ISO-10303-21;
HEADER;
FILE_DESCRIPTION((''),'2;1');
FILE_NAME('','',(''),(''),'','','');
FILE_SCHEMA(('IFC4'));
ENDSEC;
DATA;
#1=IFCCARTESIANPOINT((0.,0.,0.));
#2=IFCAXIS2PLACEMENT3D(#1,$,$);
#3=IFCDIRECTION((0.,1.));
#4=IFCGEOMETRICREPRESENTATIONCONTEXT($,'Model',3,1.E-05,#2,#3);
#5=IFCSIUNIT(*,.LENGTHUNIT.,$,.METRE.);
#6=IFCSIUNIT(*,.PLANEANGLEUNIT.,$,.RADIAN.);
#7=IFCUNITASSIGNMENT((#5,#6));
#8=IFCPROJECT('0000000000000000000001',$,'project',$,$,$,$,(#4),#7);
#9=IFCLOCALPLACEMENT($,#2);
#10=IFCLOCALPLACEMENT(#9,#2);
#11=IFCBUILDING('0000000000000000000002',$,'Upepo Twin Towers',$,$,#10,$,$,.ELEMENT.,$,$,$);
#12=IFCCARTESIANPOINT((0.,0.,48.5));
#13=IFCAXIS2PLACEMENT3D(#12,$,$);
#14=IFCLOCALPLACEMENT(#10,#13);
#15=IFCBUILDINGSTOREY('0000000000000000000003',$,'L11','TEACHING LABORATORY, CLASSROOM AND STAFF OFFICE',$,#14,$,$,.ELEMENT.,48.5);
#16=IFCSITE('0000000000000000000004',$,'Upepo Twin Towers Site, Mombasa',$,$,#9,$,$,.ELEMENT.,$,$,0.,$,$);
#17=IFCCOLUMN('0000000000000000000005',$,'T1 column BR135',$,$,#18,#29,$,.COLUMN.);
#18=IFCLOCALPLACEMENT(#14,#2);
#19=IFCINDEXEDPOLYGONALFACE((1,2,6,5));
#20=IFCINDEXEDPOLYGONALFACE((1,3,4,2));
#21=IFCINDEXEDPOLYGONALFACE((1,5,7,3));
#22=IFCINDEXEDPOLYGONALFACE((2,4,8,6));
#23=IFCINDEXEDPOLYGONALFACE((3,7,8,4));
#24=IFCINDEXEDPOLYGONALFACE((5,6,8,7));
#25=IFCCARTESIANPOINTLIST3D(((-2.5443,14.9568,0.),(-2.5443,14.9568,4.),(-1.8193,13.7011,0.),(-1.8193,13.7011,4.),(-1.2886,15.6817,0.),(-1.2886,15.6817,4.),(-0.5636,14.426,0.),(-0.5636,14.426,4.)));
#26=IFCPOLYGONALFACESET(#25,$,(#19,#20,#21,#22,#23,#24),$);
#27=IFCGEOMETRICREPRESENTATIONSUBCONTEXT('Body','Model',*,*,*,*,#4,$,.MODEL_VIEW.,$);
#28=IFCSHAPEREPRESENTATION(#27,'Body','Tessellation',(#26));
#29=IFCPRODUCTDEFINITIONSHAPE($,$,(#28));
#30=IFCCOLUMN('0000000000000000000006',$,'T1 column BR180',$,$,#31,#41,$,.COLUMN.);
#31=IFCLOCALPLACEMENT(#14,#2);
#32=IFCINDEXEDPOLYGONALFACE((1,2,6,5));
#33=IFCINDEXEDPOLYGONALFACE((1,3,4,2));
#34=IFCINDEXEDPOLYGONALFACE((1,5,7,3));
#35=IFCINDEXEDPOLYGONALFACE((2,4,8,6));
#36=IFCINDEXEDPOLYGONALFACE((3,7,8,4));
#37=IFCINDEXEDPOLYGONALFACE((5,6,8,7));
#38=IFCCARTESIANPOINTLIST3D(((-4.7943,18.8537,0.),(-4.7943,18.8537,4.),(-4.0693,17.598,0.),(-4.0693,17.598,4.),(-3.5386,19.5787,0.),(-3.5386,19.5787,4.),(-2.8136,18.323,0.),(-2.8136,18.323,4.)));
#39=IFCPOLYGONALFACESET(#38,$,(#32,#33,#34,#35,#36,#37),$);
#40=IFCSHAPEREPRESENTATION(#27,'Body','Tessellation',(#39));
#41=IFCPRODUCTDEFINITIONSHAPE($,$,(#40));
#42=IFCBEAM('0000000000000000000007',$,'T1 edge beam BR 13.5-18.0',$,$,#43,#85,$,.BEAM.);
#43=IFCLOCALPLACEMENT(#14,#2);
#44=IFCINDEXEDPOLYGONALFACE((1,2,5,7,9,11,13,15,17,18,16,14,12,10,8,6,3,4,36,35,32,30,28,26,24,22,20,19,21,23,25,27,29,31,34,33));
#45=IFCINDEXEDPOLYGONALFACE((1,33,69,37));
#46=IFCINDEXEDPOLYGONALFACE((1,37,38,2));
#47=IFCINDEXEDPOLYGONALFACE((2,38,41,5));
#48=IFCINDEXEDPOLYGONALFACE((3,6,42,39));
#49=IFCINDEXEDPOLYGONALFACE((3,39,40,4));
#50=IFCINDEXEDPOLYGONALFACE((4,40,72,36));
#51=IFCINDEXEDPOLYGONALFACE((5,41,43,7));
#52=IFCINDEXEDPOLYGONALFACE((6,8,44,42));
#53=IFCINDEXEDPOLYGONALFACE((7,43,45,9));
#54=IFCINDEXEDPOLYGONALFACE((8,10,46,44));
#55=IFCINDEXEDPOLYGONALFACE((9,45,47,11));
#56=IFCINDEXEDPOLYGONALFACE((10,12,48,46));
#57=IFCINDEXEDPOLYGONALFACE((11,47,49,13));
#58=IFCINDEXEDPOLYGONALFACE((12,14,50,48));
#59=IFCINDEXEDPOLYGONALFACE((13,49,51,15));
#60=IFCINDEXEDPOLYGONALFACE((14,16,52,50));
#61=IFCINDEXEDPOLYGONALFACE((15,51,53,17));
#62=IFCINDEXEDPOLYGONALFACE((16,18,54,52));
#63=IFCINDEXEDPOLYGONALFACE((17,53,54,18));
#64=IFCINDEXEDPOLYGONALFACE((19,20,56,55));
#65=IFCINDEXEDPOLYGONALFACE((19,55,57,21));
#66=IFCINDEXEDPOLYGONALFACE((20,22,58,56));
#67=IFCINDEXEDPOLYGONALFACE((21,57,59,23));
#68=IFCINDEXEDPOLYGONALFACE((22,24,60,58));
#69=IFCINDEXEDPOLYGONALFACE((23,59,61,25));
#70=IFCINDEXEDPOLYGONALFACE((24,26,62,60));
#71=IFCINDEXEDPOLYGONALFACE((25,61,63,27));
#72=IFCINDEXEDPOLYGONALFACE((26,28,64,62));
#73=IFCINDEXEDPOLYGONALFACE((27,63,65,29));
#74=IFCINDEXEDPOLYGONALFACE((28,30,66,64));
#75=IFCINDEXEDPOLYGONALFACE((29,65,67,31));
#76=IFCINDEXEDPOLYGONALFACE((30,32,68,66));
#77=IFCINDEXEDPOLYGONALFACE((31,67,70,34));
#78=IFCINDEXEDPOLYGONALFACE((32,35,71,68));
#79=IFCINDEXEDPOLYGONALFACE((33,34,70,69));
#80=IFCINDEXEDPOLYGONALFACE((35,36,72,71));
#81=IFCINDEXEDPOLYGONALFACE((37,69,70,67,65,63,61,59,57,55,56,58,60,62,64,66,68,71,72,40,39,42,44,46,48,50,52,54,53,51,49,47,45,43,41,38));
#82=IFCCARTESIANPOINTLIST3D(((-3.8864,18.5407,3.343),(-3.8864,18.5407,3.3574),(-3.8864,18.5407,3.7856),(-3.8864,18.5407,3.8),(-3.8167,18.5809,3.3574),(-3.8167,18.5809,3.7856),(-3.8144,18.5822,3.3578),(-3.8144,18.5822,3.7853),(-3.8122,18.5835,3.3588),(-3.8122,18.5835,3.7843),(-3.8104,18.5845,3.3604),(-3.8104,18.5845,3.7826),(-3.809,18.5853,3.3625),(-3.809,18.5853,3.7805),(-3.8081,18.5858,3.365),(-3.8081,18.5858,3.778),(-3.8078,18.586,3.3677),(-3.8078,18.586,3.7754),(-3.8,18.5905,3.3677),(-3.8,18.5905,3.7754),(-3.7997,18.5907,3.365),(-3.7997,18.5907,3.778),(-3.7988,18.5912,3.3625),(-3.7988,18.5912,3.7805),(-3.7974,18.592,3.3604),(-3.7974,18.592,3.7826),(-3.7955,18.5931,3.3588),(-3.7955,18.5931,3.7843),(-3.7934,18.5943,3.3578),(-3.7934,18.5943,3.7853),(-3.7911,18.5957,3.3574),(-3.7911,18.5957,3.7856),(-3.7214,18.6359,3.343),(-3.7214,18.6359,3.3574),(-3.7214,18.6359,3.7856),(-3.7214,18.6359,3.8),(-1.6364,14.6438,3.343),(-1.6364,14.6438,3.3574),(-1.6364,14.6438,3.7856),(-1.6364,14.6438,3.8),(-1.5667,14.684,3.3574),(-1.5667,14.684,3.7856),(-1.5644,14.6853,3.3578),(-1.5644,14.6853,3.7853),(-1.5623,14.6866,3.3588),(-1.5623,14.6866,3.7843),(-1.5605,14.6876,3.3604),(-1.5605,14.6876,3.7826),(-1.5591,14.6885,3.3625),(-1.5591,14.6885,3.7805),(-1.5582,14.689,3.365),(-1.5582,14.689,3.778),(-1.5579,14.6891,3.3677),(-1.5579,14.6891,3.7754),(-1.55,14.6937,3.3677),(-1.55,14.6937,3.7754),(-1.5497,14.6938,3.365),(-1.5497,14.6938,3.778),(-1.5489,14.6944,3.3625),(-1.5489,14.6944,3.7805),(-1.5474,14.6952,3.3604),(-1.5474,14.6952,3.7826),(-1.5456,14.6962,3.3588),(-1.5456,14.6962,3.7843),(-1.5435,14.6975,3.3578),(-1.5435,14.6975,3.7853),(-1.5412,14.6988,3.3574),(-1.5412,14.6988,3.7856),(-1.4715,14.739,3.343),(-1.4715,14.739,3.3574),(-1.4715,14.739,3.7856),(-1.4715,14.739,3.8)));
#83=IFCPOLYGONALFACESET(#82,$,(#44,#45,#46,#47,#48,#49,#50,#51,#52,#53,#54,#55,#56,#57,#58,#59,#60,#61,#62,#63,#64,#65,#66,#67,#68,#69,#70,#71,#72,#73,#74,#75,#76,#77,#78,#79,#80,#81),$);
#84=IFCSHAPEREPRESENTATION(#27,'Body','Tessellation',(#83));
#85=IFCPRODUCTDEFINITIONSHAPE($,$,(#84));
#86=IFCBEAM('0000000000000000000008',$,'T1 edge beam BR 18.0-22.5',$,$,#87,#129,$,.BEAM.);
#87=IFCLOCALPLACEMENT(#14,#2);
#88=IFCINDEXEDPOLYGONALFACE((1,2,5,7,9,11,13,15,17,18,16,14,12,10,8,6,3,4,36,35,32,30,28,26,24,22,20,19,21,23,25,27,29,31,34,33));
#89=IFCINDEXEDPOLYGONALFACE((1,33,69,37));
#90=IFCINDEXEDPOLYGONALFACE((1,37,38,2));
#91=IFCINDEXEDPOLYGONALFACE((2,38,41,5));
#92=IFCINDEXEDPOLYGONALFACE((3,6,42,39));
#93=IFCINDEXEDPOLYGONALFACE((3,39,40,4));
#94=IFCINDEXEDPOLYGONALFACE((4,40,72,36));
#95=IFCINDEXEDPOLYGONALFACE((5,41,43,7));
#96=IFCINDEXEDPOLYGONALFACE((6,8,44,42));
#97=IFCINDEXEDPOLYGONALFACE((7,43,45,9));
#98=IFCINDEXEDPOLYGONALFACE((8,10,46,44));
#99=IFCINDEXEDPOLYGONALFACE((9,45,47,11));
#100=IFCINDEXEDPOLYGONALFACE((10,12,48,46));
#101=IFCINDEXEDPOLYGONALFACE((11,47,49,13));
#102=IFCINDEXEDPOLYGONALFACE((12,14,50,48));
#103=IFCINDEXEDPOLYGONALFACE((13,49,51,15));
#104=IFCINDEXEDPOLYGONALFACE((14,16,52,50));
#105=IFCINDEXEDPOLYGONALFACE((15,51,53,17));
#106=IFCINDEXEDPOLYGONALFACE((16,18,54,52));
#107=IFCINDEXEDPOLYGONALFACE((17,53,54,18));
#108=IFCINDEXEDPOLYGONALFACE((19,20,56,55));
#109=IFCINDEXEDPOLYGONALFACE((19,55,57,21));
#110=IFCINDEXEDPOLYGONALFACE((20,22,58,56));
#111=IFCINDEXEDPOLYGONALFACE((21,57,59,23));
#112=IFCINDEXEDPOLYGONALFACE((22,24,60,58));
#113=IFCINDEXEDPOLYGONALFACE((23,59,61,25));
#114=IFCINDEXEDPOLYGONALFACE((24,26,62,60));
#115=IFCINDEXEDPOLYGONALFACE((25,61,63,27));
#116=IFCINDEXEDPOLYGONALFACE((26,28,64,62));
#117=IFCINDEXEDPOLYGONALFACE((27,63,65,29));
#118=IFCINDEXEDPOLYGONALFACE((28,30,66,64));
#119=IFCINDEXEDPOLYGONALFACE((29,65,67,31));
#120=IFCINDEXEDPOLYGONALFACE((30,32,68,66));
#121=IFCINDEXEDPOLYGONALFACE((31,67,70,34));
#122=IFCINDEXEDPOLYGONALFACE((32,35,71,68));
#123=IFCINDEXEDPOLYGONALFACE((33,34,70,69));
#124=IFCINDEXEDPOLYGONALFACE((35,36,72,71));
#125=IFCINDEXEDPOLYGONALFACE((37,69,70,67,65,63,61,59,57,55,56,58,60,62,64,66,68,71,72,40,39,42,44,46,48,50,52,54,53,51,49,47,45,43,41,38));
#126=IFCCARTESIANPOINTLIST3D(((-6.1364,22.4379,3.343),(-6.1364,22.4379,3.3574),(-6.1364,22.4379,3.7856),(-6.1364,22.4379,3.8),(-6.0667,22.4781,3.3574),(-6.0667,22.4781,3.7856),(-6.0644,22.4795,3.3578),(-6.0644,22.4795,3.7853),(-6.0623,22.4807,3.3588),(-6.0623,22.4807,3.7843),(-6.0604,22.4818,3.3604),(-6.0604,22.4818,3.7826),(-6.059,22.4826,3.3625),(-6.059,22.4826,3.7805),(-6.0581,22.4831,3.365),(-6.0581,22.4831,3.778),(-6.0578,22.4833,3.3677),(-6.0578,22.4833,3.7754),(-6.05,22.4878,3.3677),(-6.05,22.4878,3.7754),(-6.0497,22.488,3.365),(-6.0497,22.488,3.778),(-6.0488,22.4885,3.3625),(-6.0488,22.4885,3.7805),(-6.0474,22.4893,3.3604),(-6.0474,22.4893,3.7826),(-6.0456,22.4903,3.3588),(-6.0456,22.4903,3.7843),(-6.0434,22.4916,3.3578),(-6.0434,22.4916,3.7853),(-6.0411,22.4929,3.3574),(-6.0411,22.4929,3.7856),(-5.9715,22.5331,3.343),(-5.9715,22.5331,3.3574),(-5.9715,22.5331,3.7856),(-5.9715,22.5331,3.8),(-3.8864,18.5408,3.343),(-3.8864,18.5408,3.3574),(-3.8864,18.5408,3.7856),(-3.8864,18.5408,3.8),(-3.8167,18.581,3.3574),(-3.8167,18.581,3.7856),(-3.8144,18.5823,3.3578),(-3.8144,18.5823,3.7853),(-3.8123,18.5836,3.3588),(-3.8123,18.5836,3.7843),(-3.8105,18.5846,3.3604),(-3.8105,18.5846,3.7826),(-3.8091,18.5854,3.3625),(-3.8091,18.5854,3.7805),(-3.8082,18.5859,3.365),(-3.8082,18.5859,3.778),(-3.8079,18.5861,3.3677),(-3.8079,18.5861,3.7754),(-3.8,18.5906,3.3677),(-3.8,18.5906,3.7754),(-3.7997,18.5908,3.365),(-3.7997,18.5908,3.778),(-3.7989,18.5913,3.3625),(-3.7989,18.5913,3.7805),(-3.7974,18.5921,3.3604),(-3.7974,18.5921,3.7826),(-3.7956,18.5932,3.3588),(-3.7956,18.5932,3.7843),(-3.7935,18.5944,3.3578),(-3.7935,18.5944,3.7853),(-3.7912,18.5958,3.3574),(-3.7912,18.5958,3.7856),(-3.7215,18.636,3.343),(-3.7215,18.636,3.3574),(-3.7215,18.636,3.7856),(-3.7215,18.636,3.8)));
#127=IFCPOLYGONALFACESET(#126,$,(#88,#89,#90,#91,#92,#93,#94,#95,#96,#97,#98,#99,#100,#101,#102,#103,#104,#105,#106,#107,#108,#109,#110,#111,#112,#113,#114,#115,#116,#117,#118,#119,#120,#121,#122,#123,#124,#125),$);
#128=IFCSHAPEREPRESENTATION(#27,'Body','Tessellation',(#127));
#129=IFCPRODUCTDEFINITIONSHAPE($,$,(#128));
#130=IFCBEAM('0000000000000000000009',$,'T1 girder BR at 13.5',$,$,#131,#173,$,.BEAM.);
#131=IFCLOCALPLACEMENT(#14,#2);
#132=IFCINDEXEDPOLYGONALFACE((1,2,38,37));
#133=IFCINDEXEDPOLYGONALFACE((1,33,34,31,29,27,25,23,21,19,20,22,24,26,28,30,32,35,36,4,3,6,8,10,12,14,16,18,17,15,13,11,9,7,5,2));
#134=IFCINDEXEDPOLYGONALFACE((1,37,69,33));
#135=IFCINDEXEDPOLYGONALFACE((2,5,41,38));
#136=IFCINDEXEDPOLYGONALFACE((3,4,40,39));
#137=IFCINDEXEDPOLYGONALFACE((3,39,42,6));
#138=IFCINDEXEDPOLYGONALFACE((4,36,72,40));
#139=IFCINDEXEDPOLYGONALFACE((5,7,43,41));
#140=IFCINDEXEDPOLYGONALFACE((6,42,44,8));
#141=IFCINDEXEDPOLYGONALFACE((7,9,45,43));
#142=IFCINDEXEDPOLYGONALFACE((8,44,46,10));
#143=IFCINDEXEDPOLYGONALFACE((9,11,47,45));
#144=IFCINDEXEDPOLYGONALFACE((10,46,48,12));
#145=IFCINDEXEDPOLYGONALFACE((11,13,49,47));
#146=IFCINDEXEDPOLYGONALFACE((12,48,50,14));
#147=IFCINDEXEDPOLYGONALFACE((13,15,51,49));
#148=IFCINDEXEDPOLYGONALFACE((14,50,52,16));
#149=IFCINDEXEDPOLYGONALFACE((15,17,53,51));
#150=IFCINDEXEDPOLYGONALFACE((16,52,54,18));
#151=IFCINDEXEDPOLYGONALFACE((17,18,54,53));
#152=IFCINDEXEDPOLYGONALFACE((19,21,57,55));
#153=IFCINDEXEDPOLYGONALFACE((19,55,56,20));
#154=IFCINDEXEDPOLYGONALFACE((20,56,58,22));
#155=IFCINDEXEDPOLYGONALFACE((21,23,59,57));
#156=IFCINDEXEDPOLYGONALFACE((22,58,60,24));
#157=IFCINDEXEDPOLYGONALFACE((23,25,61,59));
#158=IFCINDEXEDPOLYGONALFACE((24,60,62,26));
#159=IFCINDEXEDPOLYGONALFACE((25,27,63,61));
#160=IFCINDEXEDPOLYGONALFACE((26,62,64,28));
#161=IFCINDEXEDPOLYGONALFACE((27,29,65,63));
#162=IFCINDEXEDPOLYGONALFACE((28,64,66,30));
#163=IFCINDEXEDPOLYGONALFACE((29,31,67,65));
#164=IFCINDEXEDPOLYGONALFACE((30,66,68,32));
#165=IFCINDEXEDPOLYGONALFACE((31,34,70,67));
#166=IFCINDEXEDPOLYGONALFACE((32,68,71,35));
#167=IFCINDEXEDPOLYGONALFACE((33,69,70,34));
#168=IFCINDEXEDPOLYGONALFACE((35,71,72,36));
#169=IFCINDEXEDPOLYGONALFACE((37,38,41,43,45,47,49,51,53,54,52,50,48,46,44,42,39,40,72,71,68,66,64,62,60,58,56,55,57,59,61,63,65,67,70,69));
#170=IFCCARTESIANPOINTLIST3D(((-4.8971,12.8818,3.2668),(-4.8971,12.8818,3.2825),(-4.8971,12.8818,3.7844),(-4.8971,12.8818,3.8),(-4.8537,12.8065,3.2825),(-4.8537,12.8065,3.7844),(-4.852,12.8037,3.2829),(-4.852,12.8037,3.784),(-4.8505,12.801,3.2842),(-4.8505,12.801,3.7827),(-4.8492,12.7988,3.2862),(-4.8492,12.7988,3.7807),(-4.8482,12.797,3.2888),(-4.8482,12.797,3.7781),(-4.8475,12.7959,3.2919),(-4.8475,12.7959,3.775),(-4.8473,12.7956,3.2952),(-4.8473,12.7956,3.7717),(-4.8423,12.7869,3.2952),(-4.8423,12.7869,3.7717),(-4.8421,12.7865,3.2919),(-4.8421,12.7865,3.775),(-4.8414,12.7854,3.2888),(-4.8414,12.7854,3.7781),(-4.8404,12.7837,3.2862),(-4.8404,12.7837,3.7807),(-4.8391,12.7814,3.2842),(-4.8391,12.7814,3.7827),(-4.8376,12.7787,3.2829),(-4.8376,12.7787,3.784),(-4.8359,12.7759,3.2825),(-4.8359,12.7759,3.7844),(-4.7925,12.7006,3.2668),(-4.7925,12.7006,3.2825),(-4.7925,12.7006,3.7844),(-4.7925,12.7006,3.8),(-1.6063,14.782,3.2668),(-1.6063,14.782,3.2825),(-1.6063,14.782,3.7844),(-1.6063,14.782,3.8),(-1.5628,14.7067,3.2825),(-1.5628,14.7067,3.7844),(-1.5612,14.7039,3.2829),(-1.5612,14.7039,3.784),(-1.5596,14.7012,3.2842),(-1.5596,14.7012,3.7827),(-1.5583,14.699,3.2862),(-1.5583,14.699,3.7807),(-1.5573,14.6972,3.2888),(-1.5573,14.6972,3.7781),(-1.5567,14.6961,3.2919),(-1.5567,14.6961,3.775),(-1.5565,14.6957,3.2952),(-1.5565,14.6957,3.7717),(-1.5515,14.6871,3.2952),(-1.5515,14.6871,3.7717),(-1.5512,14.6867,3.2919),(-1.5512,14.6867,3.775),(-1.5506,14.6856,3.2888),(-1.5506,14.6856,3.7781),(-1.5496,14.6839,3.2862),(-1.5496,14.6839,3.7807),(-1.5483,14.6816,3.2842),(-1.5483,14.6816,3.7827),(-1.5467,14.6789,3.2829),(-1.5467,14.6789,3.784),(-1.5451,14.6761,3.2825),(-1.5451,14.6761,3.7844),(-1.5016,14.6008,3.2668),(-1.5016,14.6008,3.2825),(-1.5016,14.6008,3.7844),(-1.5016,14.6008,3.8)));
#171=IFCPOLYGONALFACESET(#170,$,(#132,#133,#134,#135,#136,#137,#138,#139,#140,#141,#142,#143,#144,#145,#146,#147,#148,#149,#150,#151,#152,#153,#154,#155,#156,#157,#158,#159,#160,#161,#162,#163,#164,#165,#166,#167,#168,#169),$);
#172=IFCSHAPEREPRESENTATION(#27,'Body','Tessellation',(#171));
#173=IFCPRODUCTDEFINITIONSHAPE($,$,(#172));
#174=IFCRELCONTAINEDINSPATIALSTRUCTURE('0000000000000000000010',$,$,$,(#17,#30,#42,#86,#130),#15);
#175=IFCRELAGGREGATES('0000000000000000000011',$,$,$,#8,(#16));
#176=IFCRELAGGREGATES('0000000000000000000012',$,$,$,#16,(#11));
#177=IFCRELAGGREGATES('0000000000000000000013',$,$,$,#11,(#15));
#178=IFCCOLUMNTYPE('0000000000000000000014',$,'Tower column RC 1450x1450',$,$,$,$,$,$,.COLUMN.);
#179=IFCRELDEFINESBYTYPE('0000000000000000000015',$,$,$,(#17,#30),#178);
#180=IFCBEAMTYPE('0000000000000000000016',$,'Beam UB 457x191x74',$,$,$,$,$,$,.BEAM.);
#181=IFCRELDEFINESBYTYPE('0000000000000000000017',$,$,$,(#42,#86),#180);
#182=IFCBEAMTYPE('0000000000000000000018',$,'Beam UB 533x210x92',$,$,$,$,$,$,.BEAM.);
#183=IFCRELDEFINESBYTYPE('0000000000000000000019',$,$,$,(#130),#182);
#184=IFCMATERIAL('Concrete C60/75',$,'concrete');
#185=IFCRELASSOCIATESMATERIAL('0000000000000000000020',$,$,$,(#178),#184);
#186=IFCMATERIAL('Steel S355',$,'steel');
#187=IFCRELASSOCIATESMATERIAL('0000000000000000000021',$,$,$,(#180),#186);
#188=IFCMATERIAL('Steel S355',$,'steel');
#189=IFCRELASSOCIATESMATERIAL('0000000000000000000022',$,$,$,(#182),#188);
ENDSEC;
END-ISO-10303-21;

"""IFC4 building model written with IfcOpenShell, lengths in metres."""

from ifc_helpers import new_model, si_unit, direction, frame, origin, origin_2d, place, context, subcontext, project, spatial, rectangle, i_section, extrude, material, material_profile, profile_set, type_object, element, save


model = new_model("IFC4")

# Units and contexts
model_context = context("Model", 3, precision=1e-05, world=origin(), true_north=direction((0.0, 1.0)))
body_context = subcontext(model_context, "Body", "Model", "MODEL_VIEW")
ifc_project = project(units=[si_unit("LENGTHUNIT", "METRE"), si_unit("PLANEANGLEUNIT", "RADIAN")], contexts=[model_context])

# Site, building, storey
site_placement = place(None, origin())
site = spatial("IfcSite", under=ifc_project, at=site_placement, Name="Upepo Twin Towers Site, Mombasa", CompositionType="ELEMENT", RefElevation=0.0)
building_placement = place(site_placement, origin())
building = spatial("IfcBuilding", under=site, at=building_placement, Name="Upepo Twin Towers", CompositionType="ELEMENT")
storey_placement = place(building_placement, frame((0.0, 0.0, 48.5)))
storey = spatial("IfcBuildingStorey", under=building, at=storey_placement, Name="L11", Description="TEACHING LABORATORY, CLASSROOM AND STAFF OFFICE", CompositionType="ELEMENT", Elevation=48.5)

# Columns
ifc_material_1 = material(Name="Concrete C60/75", Category="concrete")
ifc_material_profile_1 = material_profile(ifc_material_1, rectangle(XDim=1.45, YDim=1.45, at=origin_2d()), Name="RC 1450x1450")
ifc_profile_set_1 = profile_set([ifc_material_profile_1], Name="Concrete C60/75")
column_type = type_object("IfcColumnType", Name="Tower column RC 1450x1450", PredefinedType="COLUMN", material=ifc_profile_set_1)
for number, where, z_axis, x_axis, name in (
    (1, (-1.554, 14.6914, 0.0), (0.0, 0.0, 1.0), (0.866025, 0.5, 0.0), "T1 column BR135"),
    (2, (-3.804, 18.5884, 0.0), (0.0, 0.0, 1.0), (0.866025, 0.5, 0.0), "T1 column BR180"),
):
    element("IfcColumn", number, at=place(storey_placement, frame(where, z_axis=z_axis, x_axis=x_axis)), inside=storey, type_object=column_type, Name=name, PredefinedType="COLUMN", context=body_context, shape_type="SweptSolid", body=[
        extrude(rectangle(XDim=1.45, YDim=1.45, at=origin_2d()), origin(), (0.0, 0.0, 1.0), 4.0),
    ])

# Beams
ifc_material_2 = material(Name="Steel S355", Category="steel")
ifc_material_profile_2 = material_profile(ifc_material_2, i_section(OverallWidth=0.1904, OverallDepth=0.457, WebThickness=0.009, FlangeThickness=0.0144, FilletRadius=0.0103, at=origin_2d()), Name="UB 457x191x74")
ifc_profile_set_2 = profile_set([ifc_material_profile_2], Name="Steel S355")
beam_type_1 = type_object("IfcBeamType", Name="Beam UB 457x191x74", PredefinedType="BEAM", material=ifc_profile_set_2)
beam_1_placement = place(storey_placement, frame((-1.554, 14.6914, 3.5715), z_axis=(-0.500014, 0.866018, 0.0), x_axis=(-0.866018, -0.500014, 0.0)))
element("IfcBeam", 3, at=beam_1_placement, inside=storey, type_object=beam_type_1, Name="T1 edge beam BR 13.5-18.0", PredefinedType="BEAM", context=body_context, shape_type="SweptSolid", body=[
    extrude(i_section(OverallWidth=0.1904, OverallDepth=0.457, WebThickness=0.009, FlangeThickness=0.0144, FilletRadius=0.0103, at=origin_2d()), origin(), (0.0, 0.0, 1.0), 4.4998),
])
beam_2_placement = place(storey_placement, frame((-3.804, 18.5884, 3.5715), z_axis=(-0.49999, 0.866031, 0.0), x_axis=(-0.866031, -0.49999, 0.0)))
element("IfcBeam", 4, at=beam_2_placement, inside=storey, type_object=beam_type_1, Name="T1 edge beam BR 18.0-22.5", PredefinedType="BEAM", context=body_context, shape_type="SweptSolid", body=[
    extrude(i_section(OverallWidth=0.1904, OverallDepth=0.457, WebThickness=0.009, FlangeThickness=0.0144, FilletRadius=0.0103, at=origin_2d()), origin(), (0.0, 0.0, 1.0), 4.5),
])
ifc_material_3 = material(Name="Steel S355", Category="steel")
ifc_material_profile_3 = material_profile(ifc_material_3, i_section(OverallWidth=0.2092, OverallDepth=0.5332, WebThickness=0.01, FlangeThickness=0.0156, FilletRadius=0.0127, at=origin_2d()), Name="UB 533x210x92")
ifc_profile_set_3 = profile_set([ifc_material_profile_3], Name="Steel S355")
beam_type_2 = type_object("IfcBeamType", Name="Beam UB 533x210x92", PredefinedType="BEAM", material=ifc_profile_set_3)
beam_3_placement = place(storey_placement, frame((-1.554, 14.6914, 3.5334), z_axis=(-0.866, -0.500043, 0.0), x_axis=(0.500043, -0.866, 0.0)))
element("IfcBeam", 5, at=beam_3_placement, inside=storey, type_object=beam_type_2, Name="T1 girder BR at 13.5", PredefinedType="BEAM", context=body_context, shape_type="SweptSolid", body=[
    extrude(i_section(OverallWidth=0.2092, OverallDepth=0.5332, WebThickness=0.01, FlangeThickness=0.0156, FilletRadius=0.0127, at=origin_2d()), origin(), (0.0, 0.0, 1.0), 3.8),
])

save(model, "model.ifc")
